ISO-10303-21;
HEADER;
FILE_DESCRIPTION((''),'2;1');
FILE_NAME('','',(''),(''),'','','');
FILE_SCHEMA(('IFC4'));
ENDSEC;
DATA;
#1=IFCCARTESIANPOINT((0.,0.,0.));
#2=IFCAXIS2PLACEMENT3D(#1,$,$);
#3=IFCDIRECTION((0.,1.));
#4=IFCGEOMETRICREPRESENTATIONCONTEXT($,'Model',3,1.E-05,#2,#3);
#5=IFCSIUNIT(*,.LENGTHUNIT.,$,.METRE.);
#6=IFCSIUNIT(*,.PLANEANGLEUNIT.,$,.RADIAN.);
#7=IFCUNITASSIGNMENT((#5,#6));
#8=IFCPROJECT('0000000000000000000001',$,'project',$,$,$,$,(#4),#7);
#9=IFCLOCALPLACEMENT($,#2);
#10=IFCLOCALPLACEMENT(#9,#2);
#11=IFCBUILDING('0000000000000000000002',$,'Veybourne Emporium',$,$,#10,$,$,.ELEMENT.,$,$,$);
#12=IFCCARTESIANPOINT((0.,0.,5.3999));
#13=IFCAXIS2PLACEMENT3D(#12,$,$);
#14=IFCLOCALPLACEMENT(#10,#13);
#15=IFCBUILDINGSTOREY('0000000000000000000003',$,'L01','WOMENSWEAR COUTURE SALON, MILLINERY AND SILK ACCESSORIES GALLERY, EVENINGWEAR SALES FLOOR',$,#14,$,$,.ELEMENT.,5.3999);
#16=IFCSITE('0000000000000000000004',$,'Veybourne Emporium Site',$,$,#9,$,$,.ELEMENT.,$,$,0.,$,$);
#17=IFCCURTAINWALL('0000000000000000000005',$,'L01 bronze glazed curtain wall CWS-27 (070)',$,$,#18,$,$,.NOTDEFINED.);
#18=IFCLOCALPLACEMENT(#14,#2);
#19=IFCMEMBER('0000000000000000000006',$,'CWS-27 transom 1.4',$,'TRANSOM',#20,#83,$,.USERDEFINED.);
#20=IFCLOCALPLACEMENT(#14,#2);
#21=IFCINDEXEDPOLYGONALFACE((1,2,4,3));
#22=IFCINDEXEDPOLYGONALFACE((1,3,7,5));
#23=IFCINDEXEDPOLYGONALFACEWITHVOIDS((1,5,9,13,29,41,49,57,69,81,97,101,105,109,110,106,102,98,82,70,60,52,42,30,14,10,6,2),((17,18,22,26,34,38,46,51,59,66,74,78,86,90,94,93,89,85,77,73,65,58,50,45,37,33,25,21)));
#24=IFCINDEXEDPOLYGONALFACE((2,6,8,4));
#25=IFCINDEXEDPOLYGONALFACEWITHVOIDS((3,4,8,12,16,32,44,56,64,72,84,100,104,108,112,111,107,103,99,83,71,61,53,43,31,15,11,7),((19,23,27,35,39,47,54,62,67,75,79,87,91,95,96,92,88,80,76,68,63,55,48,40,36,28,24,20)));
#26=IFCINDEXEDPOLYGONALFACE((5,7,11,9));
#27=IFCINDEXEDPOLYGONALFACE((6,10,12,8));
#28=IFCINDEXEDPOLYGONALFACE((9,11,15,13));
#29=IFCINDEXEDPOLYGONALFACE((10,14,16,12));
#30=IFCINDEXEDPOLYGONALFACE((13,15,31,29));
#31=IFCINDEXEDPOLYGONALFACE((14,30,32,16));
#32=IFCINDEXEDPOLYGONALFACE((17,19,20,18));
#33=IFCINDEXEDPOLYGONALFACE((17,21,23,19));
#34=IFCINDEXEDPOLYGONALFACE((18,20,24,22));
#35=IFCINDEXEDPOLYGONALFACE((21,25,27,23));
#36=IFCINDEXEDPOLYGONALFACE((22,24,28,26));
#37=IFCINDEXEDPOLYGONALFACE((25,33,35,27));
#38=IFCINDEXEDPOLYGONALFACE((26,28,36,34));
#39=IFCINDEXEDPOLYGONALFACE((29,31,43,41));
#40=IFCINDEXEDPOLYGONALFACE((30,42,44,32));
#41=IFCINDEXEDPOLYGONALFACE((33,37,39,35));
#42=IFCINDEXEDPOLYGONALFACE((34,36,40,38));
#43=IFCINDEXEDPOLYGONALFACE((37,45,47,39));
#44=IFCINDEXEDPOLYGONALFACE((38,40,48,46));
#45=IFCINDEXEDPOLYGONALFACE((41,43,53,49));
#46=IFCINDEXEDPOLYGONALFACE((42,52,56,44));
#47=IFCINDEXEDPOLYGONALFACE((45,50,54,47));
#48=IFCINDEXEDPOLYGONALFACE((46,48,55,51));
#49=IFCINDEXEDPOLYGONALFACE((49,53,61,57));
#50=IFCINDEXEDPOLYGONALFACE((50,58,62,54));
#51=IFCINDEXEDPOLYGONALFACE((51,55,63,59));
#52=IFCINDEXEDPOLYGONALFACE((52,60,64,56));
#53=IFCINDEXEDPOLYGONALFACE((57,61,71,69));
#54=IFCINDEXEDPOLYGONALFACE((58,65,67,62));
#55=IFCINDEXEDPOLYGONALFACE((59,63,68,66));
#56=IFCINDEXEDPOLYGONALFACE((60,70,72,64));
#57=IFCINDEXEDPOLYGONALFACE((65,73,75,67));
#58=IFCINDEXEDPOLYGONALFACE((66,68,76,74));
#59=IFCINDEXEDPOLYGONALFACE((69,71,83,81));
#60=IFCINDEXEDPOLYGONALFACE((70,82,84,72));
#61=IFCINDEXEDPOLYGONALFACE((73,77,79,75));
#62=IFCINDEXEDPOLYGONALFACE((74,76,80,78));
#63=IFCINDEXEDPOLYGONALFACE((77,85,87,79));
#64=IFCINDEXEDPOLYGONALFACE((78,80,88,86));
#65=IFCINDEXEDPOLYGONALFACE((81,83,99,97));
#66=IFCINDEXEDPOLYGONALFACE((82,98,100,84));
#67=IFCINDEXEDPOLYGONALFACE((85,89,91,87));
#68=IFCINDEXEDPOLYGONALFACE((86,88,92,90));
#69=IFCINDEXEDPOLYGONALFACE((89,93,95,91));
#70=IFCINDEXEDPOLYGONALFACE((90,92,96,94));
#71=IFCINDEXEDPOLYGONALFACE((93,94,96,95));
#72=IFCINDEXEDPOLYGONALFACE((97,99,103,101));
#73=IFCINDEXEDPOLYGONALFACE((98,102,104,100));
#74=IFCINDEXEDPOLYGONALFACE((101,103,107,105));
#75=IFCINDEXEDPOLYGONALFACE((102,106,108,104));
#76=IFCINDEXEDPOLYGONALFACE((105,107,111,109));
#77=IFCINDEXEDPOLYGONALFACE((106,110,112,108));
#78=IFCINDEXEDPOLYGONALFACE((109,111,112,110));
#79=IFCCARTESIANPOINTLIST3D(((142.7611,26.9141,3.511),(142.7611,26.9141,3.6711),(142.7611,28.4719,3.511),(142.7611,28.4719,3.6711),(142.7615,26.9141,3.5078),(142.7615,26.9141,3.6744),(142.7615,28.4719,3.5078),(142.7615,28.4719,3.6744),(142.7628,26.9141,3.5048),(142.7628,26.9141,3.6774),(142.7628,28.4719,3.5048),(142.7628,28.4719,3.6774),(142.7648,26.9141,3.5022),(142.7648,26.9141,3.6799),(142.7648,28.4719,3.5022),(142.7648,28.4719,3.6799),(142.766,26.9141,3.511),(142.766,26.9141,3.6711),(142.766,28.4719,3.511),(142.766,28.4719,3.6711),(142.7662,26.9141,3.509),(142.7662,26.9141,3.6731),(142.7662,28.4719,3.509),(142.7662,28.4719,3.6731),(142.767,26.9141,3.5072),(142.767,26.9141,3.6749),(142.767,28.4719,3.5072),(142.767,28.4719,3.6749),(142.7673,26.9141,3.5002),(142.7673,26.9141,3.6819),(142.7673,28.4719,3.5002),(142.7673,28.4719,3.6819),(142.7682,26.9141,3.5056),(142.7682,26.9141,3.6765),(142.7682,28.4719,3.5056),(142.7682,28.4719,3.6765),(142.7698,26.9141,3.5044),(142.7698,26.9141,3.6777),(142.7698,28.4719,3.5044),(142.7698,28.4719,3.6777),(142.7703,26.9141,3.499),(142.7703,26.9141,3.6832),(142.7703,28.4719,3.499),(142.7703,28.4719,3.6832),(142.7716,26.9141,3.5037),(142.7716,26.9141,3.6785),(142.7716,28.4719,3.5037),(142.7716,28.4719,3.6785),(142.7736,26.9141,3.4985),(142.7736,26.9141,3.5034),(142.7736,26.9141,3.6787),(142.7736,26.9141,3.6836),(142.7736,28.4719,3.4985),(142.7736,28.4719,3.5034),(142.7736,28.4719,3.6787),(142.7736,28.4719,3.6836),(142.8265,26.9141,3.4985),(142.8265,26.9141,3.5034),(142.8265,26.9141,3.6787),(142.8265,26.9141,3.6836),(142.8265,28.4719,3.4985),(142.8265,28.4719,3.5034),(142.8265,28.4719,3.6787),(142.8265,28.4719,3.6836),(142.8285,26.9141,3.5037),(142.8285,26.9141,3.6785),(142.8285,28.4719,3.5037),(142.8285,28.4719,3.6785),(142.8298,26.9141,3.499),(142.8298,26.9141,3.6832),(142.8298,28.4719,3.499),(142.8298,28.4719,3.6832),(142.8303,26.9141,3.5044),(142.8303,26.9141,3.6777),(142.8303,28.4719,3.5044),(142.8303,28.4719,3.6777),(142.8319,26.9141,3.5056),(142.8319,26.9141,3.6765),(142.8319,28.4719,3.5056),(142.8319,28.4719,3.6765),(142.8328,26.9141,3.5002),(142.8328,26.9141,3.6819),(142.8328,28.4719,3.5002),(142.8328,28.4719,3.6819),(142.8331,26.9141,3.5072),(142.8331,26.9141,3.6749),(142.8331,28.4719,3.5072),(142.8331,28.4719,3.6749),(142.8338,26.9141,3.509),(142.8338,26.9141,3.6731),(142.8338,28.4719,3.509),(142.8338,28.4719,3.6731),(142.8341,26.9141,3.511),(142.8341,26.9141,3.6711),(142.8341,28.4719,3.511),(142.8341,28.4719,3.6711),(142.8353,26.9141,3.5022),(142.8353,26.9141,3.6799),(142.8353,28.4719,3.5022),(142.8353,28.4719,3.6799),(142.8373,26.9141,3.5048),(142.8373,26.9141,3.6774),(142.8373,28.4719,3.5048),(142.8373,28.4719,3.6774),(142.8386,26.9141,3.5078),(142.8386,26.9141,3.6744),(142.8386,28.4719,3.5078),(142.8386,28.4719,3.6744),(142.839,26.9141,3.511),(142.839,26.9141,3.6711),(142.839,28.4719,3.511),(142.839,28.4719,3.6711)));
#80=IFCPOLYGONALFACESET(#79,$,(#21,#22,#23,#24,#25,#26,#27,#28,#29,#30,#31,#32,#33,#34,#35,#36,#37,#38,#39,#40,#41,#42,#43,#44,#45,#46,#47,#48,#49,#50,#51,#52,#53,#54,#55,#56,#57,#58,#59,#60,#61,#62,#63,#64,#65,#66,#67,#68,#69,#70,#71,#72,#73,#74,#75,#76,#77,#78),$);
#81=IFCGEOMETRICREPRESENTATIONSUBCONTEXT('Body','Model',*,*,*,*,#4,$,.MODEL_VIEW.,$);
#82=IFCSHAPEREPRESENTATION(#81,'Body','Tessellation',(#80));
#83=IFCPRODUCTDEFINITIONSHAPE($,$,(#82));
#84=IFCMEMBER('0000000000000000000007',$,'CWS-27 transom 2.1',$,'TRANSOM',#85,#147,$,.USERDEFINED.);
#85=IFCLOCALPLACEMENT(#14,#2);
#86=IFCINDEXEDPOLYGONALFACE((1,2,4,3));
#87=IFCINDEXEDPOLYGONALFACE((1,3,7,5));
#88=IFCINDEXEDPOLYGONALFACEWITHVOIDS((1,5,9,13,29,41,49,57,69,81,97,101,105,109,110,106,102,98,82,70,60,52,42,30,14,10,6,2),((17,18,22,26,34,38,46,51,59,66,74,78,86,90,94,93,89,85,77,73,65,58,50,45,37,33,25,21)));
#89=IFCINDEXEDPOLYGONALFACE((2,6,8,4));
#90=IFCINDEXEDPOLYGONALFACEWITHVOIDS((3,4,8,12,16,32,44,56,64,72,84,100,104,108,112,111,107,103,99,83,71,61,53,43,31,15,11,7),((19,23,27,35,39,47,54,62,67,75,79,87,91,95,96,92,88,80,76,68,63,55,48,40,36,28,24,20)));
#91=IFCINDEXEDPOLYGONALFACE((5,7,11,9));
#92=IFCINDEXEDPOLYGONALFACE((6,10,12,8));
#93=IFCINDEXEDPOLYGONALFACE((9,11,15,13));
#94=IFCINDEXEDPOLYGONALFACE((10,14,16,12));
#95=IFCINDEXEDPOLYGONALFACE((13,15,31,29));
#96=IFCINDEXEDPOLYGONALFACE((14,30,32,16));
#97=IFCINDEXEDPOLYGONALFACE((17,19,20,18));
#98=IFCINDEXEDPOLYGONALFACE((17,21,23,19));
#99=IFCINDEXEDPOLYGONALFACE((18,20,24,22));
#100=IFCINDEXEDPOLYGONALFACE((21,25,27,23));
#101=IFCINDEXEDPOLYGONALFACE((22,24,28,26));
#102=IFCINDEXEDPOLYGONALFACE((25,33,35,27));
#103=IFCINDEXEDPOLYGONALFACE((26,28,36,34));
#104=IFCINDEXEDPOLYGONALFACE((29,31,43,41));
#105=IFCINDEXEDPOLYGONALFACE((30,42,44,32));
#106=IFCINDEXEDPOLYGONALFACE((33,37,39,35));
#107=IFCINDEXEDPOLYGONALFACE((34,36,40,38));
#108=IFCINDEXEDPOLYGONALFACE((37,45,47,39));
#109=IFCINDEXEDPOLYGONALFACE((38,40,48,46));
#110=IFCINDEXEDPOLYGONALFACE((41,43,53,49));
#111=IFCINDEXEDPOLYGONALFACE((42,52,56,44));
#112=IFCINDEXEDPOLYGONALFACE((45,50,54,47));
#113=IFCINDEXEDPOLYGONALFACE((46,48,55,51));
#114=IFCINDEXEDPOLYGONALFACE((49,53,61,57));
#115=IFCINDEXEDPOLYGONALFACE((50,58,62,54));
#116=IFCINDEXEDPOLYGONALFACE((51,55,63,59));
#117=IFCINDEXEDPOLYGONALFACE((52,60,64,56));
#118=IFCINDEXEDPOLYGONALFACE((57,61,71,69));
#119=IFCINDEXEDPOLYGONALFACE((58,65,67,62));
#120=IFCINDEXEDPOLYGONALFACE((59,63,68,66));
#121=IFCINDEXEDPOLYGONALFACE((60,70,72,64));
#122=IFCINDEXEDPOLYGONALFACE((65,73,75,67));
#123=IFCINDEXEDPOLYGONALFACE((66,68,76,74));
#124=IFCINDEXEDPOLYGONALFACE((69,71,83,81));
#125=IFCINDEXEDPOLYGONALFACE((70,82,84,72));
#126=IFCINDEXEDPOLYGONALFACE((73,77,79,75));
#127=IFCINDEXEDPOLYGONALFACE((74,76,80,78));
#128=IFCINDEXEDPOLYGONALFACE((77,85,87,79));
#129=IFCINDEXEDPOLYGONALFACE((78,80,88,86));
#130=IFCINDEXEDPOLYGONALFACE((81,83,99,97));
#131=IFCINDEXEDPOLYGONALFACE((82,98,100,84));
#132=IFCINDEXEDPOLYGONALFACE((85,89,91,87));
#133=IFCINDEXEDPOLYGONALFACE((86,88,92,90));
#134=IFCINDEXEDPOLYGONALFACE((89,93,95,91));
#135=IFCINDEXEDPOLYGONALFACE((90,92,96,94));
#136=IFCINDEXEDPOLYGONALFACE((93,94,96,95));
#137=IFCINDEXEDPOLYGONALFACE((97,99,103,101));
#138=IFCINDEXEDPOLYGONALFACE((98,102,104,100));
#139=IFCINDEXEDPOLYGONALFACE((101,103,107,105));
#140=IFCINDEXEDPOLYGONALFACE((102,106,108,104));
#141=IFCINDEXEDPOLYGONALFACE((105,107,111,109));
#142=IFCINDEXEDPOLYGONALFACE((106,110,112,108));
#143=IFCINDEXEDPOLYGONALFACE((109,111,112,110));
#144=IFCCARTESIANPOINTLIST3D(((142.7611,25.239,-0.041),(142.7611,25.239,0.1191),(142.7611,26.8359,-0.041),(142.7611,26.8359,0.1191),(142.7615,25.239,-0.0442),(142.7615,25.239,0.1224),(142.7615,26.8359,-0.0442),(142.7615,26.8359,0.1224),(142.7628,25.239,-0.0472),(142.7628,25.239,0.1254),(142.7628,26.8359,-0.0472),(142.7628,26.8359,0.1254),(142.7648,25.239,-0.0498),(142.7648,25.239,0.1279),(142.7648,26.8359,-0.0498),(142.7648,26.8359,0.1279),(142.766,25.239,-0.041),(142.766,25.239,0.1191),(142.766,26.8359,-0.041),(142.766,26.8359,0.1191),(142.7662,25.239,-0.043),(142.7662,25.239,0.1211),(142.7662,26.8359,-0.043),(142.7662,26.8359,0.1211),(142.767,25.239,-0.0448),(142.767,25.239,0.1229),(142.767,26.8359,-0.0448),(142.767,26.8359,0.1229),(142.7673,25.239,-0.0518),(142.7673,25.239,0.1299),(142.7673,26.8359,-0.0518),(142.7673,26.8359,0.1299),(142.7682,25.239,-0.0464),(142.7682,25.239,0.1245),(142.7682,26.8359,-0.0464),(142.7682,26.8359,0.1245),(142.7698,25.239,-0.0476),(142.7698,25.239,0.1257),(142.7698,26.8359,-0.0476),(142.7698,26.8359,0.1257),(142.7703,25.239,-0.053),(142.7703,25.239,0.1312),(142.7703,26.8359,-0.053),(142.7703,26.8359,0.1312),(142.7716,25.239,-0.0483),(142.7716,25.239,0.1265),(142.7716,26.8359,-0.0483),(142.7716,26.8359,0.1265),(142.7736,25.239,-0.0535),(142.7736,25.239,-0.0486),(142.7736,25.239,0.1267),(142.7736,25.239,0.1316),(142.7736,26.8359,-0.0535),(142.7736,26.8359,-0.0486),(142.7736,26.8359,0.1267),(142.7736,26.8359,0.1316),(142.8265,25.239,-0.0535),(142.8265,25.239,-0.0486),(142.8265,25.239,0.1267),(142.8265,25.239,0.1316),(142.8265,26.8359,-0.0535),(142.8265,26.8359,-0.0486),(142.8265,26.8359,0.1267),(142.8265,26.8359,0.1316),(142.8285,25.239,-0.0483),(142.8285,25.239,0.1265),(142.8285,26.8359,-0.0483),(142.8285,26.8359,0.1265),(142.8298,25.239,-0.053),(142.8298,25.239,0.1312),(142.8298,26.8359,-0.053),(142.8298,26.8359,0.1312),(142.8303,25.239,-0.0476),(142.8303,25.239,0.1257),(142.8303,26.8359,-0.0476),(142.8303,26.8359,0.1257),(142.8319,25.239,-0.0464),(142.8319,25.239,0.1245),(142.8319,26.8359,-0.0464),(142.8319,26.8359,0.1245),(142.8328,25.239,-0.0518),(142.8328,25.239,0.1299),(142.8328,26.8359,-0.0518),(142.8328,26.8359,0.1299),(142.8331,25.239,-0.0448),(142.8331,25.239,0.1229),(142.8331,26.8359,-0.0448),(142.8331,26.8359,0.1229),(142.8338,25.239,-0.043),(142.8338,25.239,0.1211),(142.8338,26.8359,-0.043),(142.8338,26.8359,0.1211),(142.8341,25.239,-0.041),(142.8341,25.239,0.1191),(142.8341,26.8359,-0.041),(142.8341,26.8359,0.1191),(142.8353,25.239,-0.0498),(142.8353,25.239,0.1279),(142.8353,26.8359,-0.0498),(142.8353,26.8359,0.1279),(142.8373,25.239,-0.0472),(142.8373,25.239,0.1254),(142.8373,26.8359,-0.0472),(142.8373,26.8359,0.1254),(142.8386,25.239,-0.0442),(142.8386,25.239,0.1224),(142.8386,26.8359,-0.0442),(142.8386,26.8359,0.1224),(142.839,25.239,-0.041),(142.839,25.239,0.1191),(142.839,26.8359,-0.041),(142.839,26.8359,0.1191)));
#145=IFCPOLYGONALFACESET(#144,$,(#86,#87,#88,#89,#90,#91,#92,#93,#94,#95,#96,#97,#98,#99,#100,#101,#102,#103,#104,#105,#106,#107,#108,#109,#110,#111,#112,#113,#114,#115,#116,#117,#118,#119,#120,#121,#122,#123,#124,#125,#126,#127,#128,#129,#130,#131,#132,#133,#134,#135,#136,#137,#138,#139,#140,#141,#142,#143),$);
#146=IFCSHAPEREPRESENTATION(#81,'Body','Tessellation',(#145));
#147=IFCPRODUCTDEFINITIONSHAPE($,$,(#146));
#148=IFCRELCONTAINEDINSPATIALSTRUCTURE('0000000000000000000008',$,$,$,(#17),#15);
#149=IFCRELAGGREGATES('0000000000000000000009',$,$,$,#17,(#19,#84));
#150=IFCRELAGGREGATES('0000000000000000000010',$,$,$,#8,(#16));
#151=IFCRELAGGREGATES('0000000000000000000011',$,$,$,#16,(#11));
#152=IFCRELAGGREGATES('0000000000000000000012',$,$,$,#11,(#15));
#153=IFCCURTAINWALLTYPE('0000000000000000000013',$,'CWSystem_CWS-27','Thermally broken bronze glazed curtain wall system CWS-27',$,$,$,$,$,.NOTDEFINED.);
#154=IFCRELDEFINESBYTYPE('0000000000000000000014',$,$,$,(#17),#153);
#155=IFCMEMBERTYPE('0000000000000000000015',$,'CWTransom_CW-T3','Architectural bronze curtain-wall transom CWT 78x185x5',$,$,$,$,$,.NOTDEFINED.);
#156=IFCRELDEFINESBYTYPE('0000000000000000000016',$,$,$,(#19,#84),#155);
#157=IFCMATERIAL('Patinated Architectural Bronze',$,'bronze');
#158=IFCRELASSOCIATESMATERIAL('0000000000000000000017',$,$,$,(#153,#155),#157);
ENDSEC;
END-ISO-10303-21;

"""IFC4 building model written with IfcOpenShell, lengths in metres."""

from ifc_helpers import new_model, si_unit, direction, frame, origin, origin_2d, place, context, subcontext, project, spatial, hollow_rectangle, extrude, material, material_profile, profile_set, type_object, element, aggregate, save


model = new_model("IFC4")

# Units and contexts
model_context = context("Model", 3, precision=1e-05, world=origin(), true_north=direction((0.0, 1.0)))
body_context = subcontext(model_context, "Body", "Model", "MODEL_VIEW")
ifc_project = project(units=[si_unit("LENGTHUNIT", "METRE"), si_unit("PLANEANGLEUNIT", "RADIAN")], contexts=[model_context])

# Site, building, storey
site_placement = place(None, origin())
site = spatial("IfcSite", under=ifc_project, at=site_placement, Name="Veybourne Emporium Site", CompositionType="ELEMENT", RefElevation=0.0)
building_placement = place(site_placement, origin())
building = spatial("IfcBuilding", under=site, at=building_placement, Name="Veybourne Emporium", CompositionType="ELEMENT")
storey_placement = place(building_placement, frame((0.0, 0.0, 5.3999)))
storey = spatial("IfcBuildingStorey", under=building, at=storey_placement, Name="L01", Description="WOMENSWEAR COUTURE SALON, MILLINERY AND SILK ACCESSORIES GALLERY, EVENINGWEAR SALES FLOOR", CompositionType="ELEMENT", Elevation=5.3999)

# Curtain wall, members
ifc_material_1 = material(Name="Patinated Architectural Bronze", Category="bronze")
curtain_wall_type = type_object("IfcCurtainWallType", Name="CWSystem_CWS-27", Description="Thermally broken bronze glazed curtain wall system CWS-27", PredefinedType="NOTDEFINED", material=ifc_material_1)
curtain_wall_placement = place(storey_placement, origin())
curtain_wall = element("IfcCurtainWall", 1, at=curtain_wall_placement, inside=storey, type_object=curtain_wall_type, Name="L01 bronze glazed curtain wall CWS-27 (070)", PredefinedType="NOTDEFINED")
ifc_material_profile_1 = material_profile(ifc_material_1, hollow_rectangle(XDim=0.0779, YDim=0.1851, WallThickness=0.0049, InnerFilletRadius=0.0076, OuterFilletRadius=0.0125, at=origin_2d()), Name="CWT 78x185x5")
ifc_profile_set_1 = profile_set([ifc_material_profile_1], Name="Patinated Architectural Bronze")
member_type_1 = type_object("IfcMemberType", Name="CWTransom_CW-T3", Description="Architectural bronze curtain-wall transom CWT 78x185x5", PredefinedType="NOTDEFINED", material=ifc_profile_set_1)
member_1_placement = place(storey_placement, frame((142.8, 28.4719, 3.5911), z_axis=(0.0, -1.0, 0.0), x_axis=(1.0, 0.0, 0.0)))
member_1 = element("IfcMember", 2, at=member_1_placement, type_object=member_type_1, Name="CWS-27 transom 1.4", ObjectType="TRANSOM", PredefinedType="USERDEFINED", context=body_context, shape_type="SweptSolid", body=[
    extrude(hollow_rectangle(XDim=0.0779, YDim=0.1851, WallThickness=0.0049, InnerFilletRadius=0.0076, OuterFilletRadius=0.0125, at=origin_2d()), origin(), (0.0, 0.0, 1.0), 1.5579),
])
member_2_placement = place(storey_placement, frame((142.8, 26.8359, 0.0391), z_axis=(0.0, -1.0, 0.0), x_axis=(1.0, 0.0, 0.0)))
member_2 = element("IfcMember", 3, at=member_2_placement, type_object=member_type_1, Name="CWS-27 transom 2.1", ObjectType="TRANSOM", PredefinedType="USERDEFINED", context=body_context, shape_type="SweptSolid", body=[
    extrude(hollow_rectangle(XDim=0.0779, YDim=0.1851, WallThickness=0.0049, InnerFilletRadius=0.0076, OuterFilletRadius=0.0125, at=origin_2d()), origin(), (0.0, 0.0, 1.0), 1.5969),
])
aggregate(curtain_wall, [member_1, member_2])

save(model, "model.ifc")
